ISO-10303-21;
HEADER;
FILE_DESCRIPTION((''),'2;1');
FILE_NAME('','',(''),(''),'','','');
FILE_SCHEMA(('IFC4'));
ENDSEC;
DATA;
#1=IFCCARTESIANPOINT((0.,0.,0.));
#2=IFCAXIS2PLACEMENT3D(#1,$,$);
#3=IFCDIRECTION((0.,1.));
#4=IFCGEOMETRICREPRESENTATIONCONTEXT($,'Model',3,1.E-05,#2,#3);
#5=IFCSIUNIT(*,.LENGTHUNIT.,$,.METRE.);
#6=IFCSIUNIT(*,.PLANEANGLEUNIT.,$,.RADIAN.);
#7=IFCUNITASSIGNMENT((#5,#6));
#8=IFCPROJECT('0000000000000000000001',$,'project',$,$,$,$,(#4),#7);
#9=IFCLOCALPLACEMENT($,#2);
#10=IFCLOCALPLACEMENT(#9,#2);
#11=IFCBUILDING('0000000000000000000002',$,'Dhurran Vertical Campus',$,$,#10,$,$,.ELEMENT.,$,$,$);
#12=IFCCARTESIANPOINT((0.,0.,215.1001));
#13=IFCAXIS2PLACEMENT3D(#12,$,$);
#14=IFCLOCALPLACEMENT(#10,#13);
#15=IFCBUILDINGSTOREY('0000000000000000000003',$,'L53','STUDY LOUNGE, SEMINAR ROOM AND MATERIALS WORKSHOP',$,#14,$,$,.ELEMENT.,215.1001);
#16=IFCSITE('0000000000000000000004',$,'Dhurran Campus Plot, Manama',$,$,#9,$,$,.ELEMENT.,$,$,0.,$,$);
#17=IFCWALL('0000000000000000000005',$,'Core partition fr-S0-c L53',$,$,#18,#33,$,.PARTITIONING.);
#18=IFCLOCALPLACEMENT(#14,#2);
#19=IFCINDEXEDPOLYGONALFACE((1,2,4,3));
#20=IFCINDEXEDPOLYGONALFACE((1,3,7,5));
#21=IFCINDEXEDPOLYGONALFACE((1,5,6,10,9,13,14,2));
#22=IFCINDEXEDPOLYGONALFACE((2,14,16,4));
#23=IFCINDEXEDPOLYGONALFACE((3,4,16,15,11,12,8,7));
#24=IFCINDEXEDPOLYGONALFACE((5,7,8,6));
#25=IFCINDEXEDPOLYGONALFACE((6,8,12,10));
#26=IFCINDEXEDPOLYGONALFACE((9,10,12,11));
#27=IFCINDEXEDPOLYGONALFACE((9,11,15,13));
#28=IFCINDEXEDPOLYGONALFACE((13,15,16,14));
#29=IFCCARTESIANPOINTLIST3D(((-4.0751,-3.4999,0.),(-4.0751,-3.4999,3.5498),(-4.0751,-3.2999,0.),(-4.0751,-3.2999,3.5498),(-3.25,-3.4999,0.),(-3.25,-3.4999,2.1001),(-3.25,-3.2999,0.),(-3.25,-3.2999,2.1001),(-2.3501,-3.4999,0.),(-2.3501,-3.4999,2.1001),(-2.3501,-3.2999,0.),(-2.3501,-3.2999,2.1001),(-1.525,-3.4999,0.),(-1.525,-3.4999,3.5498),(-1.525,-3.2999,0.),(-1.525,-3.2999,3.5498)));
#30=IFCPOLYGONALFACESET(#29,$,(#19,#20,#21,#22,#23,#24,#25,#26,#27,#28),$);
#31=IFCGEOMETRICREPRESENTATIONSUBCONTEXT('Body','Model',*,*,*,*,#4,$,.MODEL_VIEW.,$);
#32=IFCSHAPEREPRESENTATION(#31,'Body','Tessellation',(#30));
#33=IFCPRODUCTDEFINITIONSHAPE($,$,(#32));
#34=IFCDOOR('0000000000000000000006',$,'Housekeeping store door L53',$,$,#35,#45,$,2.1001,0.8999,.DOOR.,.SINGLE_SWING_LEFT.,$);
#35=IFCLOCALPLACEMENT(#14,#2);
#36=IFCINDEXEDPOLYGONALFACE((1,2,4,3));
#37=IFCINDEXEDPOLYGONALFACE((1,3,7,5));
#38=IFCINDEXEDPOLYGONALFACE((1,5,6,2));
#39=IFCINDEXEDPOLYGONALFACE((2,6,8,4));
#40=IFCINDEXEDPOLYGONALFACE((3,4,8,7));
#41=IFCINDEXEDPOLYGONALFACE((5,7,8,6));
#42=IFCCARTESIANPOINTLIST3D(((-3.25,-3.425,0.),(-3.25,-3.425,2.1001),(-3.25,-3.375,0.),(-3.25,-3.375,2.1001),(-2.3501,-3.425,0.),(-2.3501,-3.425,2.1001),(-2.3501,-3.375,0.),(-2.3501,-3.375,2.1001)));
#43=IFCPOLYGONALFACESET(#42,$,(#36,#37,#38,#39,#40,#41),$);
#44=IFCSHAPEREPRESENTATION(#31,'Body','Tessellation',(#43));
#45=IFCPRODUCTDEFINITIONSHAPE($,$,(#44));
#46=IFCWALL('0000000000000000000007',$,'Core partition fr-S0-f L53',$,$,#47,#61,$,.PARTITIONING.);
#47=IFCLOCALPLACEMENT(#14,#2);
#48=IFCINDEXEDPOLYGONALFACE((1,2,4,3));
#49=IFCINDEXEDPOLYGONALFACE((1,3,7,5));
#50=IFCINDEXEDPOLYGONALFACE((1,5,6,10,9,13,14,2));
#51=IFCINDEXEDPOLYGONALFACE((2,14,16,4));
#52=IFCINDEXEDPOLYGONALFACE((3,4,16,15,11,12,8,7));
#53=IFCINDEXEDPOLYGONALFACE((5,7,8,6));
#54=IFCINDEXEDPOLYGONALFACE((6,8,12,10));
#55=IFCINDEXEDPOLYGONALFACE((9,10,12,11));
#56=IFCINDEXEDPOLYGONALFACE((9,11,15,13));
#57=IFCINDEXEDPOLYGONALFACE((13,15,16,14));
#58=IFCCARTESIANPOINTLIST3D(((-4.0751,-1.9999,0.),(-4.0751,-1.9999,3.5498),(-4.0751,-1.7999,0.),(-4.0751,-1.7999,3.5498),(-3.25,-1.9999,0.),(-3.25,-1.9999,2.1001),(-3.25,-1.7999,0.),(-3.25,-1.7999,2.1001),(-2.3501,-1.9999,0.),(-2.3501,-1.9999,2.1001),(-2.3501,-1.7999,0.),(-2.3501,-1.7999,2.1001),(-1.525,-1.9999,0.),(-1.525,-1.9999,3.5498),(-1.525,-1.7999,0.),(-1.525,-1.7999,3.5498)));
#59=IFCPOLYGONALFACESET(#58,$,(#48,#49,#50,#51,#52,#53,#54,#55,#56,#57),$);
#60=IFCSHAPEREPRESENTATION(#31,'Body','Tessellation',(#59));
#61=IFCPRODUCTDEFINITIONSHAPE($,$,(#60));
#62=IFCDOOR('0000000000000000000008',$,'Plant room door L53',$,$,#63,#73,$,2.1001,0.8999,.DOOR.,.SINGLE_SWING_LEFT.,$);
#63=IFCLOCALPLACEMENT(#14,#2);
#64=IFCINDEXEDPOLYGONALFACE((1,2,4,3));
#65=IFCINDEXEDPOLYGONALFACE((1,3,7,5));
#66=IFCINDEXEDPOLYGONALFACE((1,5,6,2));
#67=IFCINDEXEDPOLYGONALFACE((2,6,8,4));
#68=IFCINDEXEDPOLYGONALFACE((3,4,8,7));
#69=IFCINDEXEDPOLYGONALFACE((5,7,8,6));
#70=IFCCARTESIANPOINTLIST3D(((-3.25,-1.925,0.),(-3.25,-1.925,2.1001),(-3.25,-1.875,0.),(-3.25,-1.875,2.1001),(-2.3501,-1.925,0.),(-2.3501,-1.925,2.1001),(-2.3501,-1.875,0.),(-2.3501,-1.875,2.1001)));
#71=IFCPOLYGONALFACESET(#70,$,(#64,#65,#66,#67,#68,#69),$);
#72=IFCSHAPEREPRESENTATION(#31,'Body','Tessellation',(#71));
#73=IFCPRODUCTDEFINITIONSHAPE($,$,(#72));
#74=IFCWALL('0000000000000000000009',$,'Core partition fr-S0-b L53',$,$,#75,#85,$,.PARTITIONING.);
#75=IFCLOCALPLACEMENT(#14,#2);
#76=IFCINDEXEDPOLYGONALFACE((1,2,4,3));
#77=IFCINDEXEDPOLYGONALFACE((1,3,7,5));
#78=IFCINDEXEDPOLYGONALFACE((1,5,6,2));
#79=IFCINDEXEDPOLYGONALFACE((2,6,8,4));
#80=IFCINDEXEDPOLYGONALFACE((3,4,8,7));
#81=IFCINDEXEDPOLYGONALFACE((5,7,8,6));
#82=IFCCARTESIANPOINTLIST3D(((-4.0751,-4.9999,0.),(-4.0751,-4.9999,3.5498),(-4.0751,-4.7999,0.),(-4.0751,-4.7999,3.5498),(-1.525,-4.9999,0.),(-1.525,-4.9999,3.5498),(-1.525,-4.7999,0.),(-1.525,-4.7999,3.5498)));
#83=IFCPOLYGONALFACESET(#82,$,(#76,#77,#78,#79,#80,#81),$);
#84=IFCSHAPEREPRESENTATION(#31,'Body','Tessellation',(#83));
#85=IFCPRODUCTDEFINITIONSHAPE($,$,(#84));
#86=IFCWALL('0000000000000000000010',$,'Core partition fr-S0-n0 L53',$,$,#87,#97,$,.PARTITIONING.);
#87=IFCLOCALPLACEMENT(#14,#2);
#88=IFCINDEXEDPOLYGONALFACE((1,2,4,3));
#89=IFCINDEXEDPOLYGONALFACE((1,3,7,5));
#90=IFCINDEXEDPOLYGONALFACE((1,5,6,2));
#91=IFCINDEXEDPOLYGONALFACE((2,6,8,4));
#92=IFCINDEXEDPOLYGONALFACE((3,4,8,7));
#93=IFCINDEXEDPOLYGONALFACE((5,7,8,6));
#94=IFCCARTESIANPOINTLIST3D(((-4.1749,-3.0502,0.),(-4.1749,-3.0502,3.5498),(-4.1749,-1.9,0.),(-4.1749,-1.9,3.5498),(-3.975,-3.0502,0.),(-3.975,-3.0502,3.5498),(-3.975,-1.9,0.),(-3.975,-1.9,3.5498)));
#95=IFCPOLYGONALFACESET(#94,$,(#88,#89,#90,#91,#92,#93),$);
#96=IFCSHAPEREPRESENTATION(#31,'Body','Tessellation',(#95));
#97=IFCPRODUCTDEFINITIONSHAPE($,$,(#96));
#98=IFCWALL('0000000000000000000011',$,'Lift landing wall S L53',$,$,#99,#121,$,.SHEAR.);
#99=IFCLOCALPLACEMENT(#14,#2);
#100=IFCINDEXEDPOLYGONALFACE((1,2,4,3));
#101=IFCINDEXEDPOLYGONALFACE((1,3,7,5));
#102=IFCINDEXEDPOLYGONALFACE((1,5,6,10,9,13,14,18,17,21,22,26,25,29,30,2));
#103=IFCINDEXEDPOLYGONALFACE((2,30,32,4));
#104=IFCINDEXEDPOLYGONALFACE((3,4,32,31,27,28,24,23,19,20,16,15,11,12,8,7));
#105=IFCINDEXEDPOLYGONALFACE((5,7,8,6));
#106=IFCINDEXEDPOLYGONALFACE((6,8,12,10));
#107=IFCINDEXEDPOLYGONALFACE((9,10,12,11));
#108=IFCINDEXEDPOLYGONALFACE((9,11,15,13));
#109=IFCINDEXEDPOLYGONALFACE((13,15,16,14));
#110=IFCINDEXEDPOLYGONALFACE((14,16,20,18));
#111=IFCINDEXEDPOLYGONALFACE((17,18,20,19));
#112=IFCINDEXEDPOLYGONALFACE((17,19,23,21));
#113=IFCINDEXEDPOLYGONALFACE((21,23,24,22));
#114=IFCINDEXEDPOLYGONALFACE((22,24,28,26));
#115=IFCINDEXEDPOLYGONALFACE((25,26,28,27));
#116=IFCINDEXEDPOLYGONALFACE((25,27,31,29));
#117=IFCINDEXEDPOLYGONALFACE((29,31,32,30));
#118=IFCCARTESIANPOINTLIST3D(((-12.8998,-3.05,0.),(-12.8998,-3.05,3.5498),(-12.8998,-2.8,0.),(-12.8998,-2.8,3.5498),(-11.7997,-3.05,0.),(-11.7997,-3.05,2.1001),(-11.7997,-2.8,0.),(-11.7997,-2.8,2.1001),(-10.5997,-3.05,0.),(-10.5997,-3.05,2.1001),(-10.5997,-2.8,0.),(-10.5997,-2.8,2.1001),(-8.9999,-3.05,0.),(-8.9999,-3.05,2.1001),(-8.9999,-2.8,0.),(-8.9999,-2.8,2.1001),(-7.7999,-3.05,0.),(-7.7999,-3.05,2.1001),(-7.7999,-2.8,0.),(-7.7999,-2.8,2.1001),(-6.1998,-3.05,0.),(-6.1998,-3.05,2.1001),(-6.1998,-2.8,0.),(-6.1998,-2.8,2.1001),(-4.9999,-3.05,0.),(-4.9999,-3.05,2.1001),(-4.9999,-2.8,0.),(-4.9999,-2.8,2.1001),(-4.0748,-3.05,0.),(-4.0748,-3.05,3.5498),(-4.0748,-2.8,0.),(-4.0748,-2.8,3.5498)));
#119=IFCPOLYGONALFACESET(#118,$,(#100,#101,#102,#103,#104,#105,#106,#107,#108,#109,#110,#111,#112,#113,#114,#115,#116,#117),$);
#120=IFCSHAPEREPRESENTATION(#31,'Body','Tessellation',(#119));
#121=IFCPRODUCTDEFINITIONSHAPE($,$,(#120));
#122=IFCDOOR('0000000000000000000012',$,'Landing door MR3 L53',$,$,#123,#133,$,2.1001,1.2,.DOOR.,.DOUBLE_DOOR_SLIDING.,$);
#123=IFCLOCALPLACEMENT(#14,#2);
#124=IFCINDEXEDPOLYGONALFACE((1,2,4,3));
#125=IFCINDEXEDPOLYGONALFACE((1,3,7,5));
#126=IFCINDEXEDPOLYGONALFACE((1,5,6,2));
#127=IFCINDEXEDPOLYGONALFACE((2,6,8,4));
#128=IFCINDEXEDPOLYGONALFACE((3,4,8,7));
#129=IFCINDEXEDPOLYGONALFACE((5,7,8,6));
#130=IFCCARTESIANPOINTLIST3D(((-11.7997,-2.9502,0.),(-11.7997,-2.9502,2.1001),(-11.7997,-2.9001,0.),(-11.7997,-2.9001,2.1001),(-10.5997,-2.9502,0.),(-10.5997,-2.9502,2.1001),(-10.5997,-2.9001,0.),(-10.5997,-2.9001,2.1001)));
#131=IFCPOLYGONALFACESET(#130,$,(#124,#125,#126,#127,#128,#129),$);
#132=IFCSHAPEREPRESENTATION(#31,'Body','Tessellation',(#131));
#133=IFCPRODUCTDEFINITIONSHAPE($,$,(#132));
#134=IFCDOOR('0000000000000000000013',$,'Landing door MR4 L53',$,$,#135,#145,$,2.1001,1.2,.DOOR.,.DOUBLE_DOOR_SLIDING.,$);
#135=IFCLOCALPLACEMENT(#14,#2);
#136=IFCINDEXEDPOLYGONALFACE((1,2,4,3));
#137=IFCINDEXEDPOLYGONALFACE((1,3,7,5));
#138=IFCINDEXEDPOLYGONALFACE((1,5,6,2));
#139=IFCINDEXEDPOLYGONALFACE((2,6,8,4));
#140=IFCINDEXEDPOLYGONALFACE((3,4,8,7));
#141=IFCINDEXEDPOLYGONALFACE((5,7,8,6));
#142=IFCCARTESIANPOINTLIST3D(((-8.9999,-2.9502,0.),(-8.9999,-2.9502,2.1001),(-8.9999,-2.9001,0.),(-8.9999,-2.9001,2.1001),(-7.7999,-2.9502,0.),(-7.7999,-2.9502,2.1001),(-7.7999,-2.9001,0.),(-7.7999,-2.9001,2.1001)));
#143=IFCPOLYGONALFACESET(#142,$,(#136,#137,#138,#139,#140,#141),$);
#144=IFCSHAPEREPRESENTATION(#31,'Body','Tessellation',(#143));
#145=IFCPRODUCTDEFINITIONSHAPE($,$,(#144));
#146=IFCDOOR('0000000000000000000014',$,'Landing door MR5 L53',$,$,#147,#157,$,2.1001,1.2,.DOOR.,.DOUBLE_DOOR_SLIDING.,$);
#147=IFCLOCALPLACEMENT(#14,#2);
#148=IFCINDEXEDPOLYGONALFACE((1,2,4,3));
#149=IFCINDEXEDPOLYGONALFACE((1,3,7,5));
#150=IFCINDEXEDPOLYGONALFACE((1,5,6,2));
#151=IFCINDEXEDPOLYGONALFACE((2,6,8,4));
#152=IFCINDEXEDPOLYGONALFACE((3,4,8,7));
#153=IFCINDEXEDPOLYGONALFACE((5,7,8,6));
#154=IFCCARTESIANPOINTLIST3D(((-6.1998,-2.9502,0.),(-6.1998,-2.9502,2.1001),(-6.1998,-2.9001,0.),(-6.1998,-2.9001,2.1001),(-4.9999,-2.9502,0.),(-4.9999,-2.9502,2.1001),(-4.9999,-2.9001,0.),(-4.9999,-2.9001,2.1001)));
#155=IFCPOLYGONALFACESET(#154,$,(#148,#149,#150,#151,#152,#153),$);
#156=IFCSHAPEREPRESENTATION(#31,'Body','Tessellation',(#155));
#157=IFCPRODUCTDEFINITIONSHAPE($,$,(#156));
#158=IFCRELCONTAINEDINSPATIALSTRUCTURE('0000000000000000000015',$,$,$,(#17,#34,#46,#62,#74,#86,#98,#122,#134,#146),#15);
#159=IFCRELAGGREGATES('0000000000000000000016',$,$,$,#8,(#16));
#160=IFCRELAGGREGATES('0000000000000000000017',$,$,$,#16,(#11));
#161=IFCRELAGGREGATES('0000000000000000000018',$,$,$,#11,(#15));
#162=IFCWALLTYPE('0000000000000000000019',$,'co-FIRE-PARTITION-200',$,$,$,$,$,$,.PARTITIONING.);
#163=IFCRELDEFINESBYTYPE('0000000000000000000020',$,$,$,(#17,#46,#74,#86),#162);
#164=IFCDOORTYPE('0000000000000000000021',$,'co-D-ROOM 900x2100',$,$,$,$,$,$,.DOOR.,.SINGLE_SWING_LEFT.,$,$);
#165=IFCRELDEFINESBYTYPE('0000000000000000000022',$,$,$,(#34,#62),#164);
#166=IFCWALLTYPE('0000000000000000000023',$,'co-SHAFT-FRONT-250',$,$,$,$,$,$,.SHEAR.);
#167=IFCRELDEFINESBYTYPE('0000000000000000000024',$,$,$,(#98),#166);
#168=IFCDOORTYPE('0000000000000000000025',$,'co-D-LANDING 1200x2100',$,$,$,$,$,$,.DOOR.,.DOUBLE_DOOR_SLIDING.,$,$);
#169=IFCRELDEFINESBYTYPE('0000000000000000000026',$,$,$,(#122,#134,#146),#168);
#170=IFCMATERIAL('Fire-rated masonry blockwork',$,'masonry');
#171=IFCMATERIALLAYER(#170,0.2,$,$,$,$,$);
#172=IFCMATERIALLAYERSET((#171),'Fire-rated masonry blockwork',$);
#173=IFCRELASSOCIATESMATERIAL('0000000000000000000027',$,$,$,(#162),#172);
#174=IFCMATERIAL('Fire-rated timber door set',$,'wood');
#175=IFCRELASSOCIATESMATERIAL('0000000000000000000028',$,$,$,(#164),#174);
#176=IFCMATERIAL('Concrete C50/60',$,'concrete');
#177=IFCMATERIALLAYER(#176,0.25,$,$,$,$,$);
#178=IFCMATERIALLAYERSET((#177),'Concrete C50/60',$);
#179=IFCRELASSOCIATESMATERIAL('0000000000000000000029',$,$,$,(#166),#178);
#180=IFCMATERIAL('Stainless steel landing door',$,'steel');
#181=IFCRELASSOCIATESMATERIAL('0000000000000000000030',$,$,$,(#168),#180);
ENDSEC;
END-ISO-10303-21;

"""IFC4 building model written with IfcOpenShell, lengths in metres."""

from ifc_helpers import new_model, si_unit, direction, frame, frame_2d, origin, place, context, subcontext, project, spatial, rectangle, extrude, material, layer, layer_set, type_object, element, fill, save


model = new_model("IFC4")

# Units and contexts
model_context = context("Model", 3, precision=1e-05, world=origin(), true_north=direction((0.0, 1.0)))
body_context = subcontext(model_context, "Body", "Model", "MODEL_VIEW")
ifc_project = project(units=[si_unit("LENGTHUNIT", "METRE"), si_unit("PLANEANGLEUNIT", "RADIAN")], contexts=[model_context])

# Site, building, storey
site_placement = place(None, origin())
site = spatial("IfcSite", under=ifc_project, at=site_placement, Name="Dhurran Campus Plot, Manama", CompositionType="ELEMENT", RefElevation=0.0)
building_placement = place(site_placement, origin())
building = spatial("IfcBuilding", under=site, at=building_placement, Name="Dhurran Vertical Campus", CompositionType="ELEMENT")
storey_placement = place(building_placement, frame((0.0, 0.0, 215.1001)))
storey = spatial("IfcBuildingStorey", under=building, at=storey_placement, Name="L53", Description="STUDY LOUNGE, SEMINAR ROOM AND MATERIALS WORKSHOP", CompositionType="ELEMENT", Elevation=215.1001)

# Shared definitions
ifc_material_1 = material(Name="Fire-rated masonry blockwork", Category="masonry")
ifc_layer_1 = layer(ifc_material_1, 0.2)
ifc_layer_set_1 = layer_set([ifc_layer_1], Name="Fire-rated masonry blockwork")
wall_type_1 = type_object("IfcWallType", Name="co-FIRE-PARTITION-200", PredefinedType="PARTITIONING", material=ifc_layer_set_1)

# Walls, openings, doors
wall_1_placement = place(storey_placement, frame((-4.075, -3.3999, 0.0), z_axis=(0.0, 0.0, 1.0), x_axis=(1.0, 0.0, 0.0)))
wall_1 = element("IfcWall", 1, at=wall_1_placement, inside=storey, type_object=wall_type_1, Name="Core partition fr-S0-c L53", PredefinedType="PARTITIONING", context=body_context, shape_type="SweptSolid", body=[
    extrude(rectangle(XDim=2.55, YDim=0.2, at=frame_2d((1.2749, 0.0))), origin(), (0.0, 0.0, 1.0), 3.5498),
])
opening_1_placement = place(wall_1_placement, frame((0.825, 0.0, 0.0)))
opening_1 = element("IfcOpeningElement", 2, at=opening_1_placement, cuts=wall_1, PredefinedType="OPENING", context=body_context, shape_type="SweptSolid", body=[
    extrude(rectangle(XDim=0.8999, YDim=2.1001, at=frame_2d((0.45, 1.05))), frame((0.0, 0.1099, 0.0), z_axis=(0.0, -1.0, 0.0), x_axis=(1.0, 0.0, 0.0)), (0.0, 0.0, 1.0), 0.22),
])
ifc_material_2 = material(Name="Fire-rated timber door set", Category="wood")
door_type_1 = type_object("IfcDoorType", Name="co-D-ROOM 900x2100", OperationType="SINGLE_SWING_LEFT", PredefinedType="DOOR", material=ifc_material_2)
door_1_placement = place(opening_1_placement, origin())
door_1 = element("IfcDoor", 3, at=door_1_placement, inside=storey, type_object=door_type_1, Name="Housekeeping store door L53", OperationType="SINGLE_SWING_LEFT", OverallHeight=2.1001, OverallWidth=0.8999, PredefinedType="DOOR", context=body_context, shape_type="SweptSolid", body=[
    extrude(rectangle(XDim=0.8999, YDim=2.1001, at=frame_2d((0.45, 1.05))), frame((0.0, 0.0249, 0.0), z_axis=(0.0, -1.0, 0.0), x_axis=(1.0, 0.0, 0.0)), (0.0, 0.0, 1.0), 0.05),
])
fill(opening_1, door_1)
wall_2_placement = place(storey_placement, frame((-4.075, -1.8999, 0.0), z_axis=(0.0, 0.0, 1.0), x_axis=(1.0, 0.0, 0.0)))
wall_2 = element("IfcWall", 4, at=wall_2_placement, inside=storey, type_object=wall_type_1, Name="Core partition fr-S0-f L53", PredefinedType="PARTITIONING", context=body_context, shape_type="SweptSolid", body=[
    extrude(rectangle(XDim=2.55, YDim=0.2, at=frame_2d((1.2749, 0.0))), origin(), (0.0, 0.0, 1.0), 3.5498),
])
opening_2_placement = place(wall_2_placement, frame((0.825, 0.0, 0.0)))
opening_2 = element("IfcOpeningElement", 5, at=opening_2_placement, cuts=wall_2, PredefinedType="OPENING", context=body_context, shape_type="SweptSolid", body=[
    extrude(rectangle(XDim=0.8999, YDim=2.1001, at=frame_2d((0.45, 1.05))), frame((0.0, 0.1099, 0.0), z_axis=(0.0, -1.0, 0.0), x_axis=(1.0, 0.0, 0.0)), (0.0, 0.0, 1.0), 0.22),
])
door_2_placement = place(opening_2_placement, origin())
door_2 = element("IfcDoor", 6, at=door_2_placement, inside=storey, type_object=door_type_1, Name="Plant room door L53", OperationType="SINGLE_SWING_LEFT", OverallHeight=2.1001, OverallWidth=0.8999, PredefinedType="DOOR", context=body_context, shape_type="SweptSolid", body=[
    extrude(rectangle(XDim=0.8999, YDim=2.1001, at=frame_2d((0.45, 1.05))), frame((0.0, 0.0249, 0.0), z_axis=(0.0, -1.0, 0.0), x_axis=(1.0, 0.0, 0.0)), (0.0, 0.0, 1.0), 0.05),
])
fill(opening_2, door_2)

# Walls
wall_3_placement = place(storey_placement, frame((-4.075, -4.8999, 0.0), z_axis=(0.0, 0.0, 1.0), x_axis=(1.0, 0.0, 0.0)))
element("IfcWall", 7, at=wall_3_placement, inside=storey, type_object=wall_type_1, Name="Core partition fr-S0-b L53", PredefinedType="PARTITIONING", context=body_context, shape_type="SweptSolid", body=[
    extrude(rectangle(XDim=2.55, YDim=0.2, at=frame_2d((1.2749, 0.0))), origin(), (0.0, 0.0, 1.0), 3.5498),
])
wall_4_placement = place(storey_placement, frame((-4.075, -1.8999, 0.0), z_axis=(0.0, 0.0, 1.0), x_axis=(0.0, -1.0, 0.0)))
element("IfcWall", 8, at=wall_4_placement, inside=storey, type_object=wall_type_1, Name="Core partition fr-S0-n0 L53", PredefinedType="PARTITIONING", context=body_context, shape_type="SweptSolid", body=[
    extrude(rectangle(XDim=1.1501, YDim=0.2, at=frame_2d((0.5752, 0.0))), origin(), (0.0, 0.0, 1.0), 3.5498),
])

# Wall, openings, doors
ifc_material_3 = material(Name="Concrete C50/60", Category="concrete")
ifc_layer_2 = layer(ifc_material_3, 0.25)
ifc_layer_set_2 = layer_set([ifc_layer_2], Name="Concrete C50/60")
wall_type_2 = type_object("IfcWallType", Name="co-SHAFT-FRONT-250", PredefinedType="SHEAR", material=ifc_layer_set_2)
wall_5_placement = place(storey_placement, frame((-12.8999, -2.925, 0.0), z_axis=(0.0, 0.0, 1.0), x_axis=(1.0, 0.0, 0.0)))
wall_5 = element("IfcWall", 9, at=wall_5_placement, inside=storey, type_object=wall_type_2, Name="Lift landing wall S L53", PredefinedType="SHEAR", context=body_context, shape_type="SweptSolid", body=[
    extrude(rectangle(XDim=8.825, YDim=0.25, at=frame_2d((4.4126, 0.0))), origin(), (0.0, 0.0, 1.0), 3.5498),
])
opening_3_placement = place(wall_5_placement, frame((1.1001, 0.0, 0.0)))
opening_3 = element("IfcOpeningElement", 10, at=opening_3_placement, cuts=wall_5, PredefinedType="OPENING", context=body_context, shape_type="SweptSolid", body=[
    extrude(rectangle(XDim=1.2, YDim=2.1001, at=frame_2d((0.6001, 1.05))), frame((0.0, 0.135, 0.0), z_axis=(0.0, -1.0, 0.0), x_axis=(1.0, 0.0, 0.0)), (0.0, 0.0, 1.0), 0.27),
])
opening_4_placement = place(wall_5_placement, frame((3.8999, 0.0, 0.0)))
opening_4 = element("IfcOpeningElement", 11, at=opening_4_placement, cuts=wall_5, PredefinedType="OPENING", context=body_context, shape_type="SweptSolid", body=[
    extrude(rectangle(XDim=1.2, YDim=2.1001, at=frame_2d((0.6001, 1.05))), frame((0.0, 0.135, 0.0), z_axis=(0.0, -1.0, 0.0), x_axis=(1.0, 0.0, 0.0)), (0.0, 0.0, 1.0), 0.27),
])
opening_5_placement = place(wall_5_placement, frame((6.7, 0.0, 0.0)))
opening_5 = element("IfcOpeningElement", 12, at=opening_5_placement, cuts=wall_5, PredefinedType="OPENING", context=body_context, shape_type="SweptSolid", body=[
    extrude(rectangle(XDim=1.2, YDim=2.1001, at=frame_2d((0.6001, 1.05))), frame((0.0, 0.135, 0.0), z_axis=(0.0, -1.0, 0.0), x_axis=(1.0, 0.0, 0.0)), (0.0, 0.0, 1.0), 0.27),
])
ifc_material_4 = material(Name="Stainless steel landing door", Category="steel")
door_type_2 = type_object("IfcDoorType", Name="co-D-LANDING 1200x2100", OperationType="DOUBLE_DOOR_SLIDING", PredefinedType="DOOR", material=ifc_material_4)
door_3_placement = place(opening_3_placement, origin())
door_3 = element("IfcDoor", 13, at=door_3_placement, inside=storey, type_object=door_type_2, Name="Landing door MR3 L53", OperationType="DOUBLE_DOOR_SLIDING", OverallHeight=2.1001, OverallWidth=1.2, PredefinedType="DOOR", context=body_context, shape_type="SweptSolid", body=[
    extrude(rectangle(XDim=1.2, YDim=2.1001, at=frame_2d((0.6001, 1.05))), frame((0.0, 0.0249, 0.0), z_axis=(0.0, -1.0, 0.0), x_axis=(1.0, 0.0, 0.0)), (0.0, 0.0, 1.0), 0.05),
])
fill(opening_3, door_3)
door_4_placement = place(opening_4_placement, origin())
door_4 = element("IfcDoor", 14, at=door_4_placement, inside=storey, type_object=door_type_2, Name="Landing door MR4 L53", OperationType="DOUBLE_DOOR_SLIDING", OverallHeight=2.1001, OverallWidth=1.2, PredefinedType="DOOR", context=body_context, shape_type="SweptSolid", body=[
    extrude(rectangle(XDim=1.2, YDim=2.1001, at=frame_2d((0.6001, 1.05))), frame((0.0, 0.0249, 0.0), z_axis=(0.0, -1.0, 0.0), x_axis=(1.0, 0.0, 0.0)), (0.0, 0.0, 1.0), 0.05),
])
fill(opening_4, door_4)
door_5_placement = place(opening_5_placement, origin())
door_5 = element("IfcDoor", 15, at=door_5_placement, inside=storey, type_object=door_type_2, Name="Landing door MR5 L53", OperationType="DOUBLE_DOOR_SLIDING", OverallHeight=2.1001, OverallWidth=1.2, PredefinedType="DOOR", context=body_context, shape_type="SweptSolid", body=[
    extrude(rectangle(XDim=1.2, YDim=2.1001, at=frame_2d((0.6001, 1.05))), frame((0.0, 0.0249, 0.0), z_axis=(0.0, -1.0, 0.0), x_axis=(1.0, 0.0, 0.0)), (0.0, 0.0, 1.0), 0.05),
])
fill(opening_5, door_5)

save(model, "model.ifc")
